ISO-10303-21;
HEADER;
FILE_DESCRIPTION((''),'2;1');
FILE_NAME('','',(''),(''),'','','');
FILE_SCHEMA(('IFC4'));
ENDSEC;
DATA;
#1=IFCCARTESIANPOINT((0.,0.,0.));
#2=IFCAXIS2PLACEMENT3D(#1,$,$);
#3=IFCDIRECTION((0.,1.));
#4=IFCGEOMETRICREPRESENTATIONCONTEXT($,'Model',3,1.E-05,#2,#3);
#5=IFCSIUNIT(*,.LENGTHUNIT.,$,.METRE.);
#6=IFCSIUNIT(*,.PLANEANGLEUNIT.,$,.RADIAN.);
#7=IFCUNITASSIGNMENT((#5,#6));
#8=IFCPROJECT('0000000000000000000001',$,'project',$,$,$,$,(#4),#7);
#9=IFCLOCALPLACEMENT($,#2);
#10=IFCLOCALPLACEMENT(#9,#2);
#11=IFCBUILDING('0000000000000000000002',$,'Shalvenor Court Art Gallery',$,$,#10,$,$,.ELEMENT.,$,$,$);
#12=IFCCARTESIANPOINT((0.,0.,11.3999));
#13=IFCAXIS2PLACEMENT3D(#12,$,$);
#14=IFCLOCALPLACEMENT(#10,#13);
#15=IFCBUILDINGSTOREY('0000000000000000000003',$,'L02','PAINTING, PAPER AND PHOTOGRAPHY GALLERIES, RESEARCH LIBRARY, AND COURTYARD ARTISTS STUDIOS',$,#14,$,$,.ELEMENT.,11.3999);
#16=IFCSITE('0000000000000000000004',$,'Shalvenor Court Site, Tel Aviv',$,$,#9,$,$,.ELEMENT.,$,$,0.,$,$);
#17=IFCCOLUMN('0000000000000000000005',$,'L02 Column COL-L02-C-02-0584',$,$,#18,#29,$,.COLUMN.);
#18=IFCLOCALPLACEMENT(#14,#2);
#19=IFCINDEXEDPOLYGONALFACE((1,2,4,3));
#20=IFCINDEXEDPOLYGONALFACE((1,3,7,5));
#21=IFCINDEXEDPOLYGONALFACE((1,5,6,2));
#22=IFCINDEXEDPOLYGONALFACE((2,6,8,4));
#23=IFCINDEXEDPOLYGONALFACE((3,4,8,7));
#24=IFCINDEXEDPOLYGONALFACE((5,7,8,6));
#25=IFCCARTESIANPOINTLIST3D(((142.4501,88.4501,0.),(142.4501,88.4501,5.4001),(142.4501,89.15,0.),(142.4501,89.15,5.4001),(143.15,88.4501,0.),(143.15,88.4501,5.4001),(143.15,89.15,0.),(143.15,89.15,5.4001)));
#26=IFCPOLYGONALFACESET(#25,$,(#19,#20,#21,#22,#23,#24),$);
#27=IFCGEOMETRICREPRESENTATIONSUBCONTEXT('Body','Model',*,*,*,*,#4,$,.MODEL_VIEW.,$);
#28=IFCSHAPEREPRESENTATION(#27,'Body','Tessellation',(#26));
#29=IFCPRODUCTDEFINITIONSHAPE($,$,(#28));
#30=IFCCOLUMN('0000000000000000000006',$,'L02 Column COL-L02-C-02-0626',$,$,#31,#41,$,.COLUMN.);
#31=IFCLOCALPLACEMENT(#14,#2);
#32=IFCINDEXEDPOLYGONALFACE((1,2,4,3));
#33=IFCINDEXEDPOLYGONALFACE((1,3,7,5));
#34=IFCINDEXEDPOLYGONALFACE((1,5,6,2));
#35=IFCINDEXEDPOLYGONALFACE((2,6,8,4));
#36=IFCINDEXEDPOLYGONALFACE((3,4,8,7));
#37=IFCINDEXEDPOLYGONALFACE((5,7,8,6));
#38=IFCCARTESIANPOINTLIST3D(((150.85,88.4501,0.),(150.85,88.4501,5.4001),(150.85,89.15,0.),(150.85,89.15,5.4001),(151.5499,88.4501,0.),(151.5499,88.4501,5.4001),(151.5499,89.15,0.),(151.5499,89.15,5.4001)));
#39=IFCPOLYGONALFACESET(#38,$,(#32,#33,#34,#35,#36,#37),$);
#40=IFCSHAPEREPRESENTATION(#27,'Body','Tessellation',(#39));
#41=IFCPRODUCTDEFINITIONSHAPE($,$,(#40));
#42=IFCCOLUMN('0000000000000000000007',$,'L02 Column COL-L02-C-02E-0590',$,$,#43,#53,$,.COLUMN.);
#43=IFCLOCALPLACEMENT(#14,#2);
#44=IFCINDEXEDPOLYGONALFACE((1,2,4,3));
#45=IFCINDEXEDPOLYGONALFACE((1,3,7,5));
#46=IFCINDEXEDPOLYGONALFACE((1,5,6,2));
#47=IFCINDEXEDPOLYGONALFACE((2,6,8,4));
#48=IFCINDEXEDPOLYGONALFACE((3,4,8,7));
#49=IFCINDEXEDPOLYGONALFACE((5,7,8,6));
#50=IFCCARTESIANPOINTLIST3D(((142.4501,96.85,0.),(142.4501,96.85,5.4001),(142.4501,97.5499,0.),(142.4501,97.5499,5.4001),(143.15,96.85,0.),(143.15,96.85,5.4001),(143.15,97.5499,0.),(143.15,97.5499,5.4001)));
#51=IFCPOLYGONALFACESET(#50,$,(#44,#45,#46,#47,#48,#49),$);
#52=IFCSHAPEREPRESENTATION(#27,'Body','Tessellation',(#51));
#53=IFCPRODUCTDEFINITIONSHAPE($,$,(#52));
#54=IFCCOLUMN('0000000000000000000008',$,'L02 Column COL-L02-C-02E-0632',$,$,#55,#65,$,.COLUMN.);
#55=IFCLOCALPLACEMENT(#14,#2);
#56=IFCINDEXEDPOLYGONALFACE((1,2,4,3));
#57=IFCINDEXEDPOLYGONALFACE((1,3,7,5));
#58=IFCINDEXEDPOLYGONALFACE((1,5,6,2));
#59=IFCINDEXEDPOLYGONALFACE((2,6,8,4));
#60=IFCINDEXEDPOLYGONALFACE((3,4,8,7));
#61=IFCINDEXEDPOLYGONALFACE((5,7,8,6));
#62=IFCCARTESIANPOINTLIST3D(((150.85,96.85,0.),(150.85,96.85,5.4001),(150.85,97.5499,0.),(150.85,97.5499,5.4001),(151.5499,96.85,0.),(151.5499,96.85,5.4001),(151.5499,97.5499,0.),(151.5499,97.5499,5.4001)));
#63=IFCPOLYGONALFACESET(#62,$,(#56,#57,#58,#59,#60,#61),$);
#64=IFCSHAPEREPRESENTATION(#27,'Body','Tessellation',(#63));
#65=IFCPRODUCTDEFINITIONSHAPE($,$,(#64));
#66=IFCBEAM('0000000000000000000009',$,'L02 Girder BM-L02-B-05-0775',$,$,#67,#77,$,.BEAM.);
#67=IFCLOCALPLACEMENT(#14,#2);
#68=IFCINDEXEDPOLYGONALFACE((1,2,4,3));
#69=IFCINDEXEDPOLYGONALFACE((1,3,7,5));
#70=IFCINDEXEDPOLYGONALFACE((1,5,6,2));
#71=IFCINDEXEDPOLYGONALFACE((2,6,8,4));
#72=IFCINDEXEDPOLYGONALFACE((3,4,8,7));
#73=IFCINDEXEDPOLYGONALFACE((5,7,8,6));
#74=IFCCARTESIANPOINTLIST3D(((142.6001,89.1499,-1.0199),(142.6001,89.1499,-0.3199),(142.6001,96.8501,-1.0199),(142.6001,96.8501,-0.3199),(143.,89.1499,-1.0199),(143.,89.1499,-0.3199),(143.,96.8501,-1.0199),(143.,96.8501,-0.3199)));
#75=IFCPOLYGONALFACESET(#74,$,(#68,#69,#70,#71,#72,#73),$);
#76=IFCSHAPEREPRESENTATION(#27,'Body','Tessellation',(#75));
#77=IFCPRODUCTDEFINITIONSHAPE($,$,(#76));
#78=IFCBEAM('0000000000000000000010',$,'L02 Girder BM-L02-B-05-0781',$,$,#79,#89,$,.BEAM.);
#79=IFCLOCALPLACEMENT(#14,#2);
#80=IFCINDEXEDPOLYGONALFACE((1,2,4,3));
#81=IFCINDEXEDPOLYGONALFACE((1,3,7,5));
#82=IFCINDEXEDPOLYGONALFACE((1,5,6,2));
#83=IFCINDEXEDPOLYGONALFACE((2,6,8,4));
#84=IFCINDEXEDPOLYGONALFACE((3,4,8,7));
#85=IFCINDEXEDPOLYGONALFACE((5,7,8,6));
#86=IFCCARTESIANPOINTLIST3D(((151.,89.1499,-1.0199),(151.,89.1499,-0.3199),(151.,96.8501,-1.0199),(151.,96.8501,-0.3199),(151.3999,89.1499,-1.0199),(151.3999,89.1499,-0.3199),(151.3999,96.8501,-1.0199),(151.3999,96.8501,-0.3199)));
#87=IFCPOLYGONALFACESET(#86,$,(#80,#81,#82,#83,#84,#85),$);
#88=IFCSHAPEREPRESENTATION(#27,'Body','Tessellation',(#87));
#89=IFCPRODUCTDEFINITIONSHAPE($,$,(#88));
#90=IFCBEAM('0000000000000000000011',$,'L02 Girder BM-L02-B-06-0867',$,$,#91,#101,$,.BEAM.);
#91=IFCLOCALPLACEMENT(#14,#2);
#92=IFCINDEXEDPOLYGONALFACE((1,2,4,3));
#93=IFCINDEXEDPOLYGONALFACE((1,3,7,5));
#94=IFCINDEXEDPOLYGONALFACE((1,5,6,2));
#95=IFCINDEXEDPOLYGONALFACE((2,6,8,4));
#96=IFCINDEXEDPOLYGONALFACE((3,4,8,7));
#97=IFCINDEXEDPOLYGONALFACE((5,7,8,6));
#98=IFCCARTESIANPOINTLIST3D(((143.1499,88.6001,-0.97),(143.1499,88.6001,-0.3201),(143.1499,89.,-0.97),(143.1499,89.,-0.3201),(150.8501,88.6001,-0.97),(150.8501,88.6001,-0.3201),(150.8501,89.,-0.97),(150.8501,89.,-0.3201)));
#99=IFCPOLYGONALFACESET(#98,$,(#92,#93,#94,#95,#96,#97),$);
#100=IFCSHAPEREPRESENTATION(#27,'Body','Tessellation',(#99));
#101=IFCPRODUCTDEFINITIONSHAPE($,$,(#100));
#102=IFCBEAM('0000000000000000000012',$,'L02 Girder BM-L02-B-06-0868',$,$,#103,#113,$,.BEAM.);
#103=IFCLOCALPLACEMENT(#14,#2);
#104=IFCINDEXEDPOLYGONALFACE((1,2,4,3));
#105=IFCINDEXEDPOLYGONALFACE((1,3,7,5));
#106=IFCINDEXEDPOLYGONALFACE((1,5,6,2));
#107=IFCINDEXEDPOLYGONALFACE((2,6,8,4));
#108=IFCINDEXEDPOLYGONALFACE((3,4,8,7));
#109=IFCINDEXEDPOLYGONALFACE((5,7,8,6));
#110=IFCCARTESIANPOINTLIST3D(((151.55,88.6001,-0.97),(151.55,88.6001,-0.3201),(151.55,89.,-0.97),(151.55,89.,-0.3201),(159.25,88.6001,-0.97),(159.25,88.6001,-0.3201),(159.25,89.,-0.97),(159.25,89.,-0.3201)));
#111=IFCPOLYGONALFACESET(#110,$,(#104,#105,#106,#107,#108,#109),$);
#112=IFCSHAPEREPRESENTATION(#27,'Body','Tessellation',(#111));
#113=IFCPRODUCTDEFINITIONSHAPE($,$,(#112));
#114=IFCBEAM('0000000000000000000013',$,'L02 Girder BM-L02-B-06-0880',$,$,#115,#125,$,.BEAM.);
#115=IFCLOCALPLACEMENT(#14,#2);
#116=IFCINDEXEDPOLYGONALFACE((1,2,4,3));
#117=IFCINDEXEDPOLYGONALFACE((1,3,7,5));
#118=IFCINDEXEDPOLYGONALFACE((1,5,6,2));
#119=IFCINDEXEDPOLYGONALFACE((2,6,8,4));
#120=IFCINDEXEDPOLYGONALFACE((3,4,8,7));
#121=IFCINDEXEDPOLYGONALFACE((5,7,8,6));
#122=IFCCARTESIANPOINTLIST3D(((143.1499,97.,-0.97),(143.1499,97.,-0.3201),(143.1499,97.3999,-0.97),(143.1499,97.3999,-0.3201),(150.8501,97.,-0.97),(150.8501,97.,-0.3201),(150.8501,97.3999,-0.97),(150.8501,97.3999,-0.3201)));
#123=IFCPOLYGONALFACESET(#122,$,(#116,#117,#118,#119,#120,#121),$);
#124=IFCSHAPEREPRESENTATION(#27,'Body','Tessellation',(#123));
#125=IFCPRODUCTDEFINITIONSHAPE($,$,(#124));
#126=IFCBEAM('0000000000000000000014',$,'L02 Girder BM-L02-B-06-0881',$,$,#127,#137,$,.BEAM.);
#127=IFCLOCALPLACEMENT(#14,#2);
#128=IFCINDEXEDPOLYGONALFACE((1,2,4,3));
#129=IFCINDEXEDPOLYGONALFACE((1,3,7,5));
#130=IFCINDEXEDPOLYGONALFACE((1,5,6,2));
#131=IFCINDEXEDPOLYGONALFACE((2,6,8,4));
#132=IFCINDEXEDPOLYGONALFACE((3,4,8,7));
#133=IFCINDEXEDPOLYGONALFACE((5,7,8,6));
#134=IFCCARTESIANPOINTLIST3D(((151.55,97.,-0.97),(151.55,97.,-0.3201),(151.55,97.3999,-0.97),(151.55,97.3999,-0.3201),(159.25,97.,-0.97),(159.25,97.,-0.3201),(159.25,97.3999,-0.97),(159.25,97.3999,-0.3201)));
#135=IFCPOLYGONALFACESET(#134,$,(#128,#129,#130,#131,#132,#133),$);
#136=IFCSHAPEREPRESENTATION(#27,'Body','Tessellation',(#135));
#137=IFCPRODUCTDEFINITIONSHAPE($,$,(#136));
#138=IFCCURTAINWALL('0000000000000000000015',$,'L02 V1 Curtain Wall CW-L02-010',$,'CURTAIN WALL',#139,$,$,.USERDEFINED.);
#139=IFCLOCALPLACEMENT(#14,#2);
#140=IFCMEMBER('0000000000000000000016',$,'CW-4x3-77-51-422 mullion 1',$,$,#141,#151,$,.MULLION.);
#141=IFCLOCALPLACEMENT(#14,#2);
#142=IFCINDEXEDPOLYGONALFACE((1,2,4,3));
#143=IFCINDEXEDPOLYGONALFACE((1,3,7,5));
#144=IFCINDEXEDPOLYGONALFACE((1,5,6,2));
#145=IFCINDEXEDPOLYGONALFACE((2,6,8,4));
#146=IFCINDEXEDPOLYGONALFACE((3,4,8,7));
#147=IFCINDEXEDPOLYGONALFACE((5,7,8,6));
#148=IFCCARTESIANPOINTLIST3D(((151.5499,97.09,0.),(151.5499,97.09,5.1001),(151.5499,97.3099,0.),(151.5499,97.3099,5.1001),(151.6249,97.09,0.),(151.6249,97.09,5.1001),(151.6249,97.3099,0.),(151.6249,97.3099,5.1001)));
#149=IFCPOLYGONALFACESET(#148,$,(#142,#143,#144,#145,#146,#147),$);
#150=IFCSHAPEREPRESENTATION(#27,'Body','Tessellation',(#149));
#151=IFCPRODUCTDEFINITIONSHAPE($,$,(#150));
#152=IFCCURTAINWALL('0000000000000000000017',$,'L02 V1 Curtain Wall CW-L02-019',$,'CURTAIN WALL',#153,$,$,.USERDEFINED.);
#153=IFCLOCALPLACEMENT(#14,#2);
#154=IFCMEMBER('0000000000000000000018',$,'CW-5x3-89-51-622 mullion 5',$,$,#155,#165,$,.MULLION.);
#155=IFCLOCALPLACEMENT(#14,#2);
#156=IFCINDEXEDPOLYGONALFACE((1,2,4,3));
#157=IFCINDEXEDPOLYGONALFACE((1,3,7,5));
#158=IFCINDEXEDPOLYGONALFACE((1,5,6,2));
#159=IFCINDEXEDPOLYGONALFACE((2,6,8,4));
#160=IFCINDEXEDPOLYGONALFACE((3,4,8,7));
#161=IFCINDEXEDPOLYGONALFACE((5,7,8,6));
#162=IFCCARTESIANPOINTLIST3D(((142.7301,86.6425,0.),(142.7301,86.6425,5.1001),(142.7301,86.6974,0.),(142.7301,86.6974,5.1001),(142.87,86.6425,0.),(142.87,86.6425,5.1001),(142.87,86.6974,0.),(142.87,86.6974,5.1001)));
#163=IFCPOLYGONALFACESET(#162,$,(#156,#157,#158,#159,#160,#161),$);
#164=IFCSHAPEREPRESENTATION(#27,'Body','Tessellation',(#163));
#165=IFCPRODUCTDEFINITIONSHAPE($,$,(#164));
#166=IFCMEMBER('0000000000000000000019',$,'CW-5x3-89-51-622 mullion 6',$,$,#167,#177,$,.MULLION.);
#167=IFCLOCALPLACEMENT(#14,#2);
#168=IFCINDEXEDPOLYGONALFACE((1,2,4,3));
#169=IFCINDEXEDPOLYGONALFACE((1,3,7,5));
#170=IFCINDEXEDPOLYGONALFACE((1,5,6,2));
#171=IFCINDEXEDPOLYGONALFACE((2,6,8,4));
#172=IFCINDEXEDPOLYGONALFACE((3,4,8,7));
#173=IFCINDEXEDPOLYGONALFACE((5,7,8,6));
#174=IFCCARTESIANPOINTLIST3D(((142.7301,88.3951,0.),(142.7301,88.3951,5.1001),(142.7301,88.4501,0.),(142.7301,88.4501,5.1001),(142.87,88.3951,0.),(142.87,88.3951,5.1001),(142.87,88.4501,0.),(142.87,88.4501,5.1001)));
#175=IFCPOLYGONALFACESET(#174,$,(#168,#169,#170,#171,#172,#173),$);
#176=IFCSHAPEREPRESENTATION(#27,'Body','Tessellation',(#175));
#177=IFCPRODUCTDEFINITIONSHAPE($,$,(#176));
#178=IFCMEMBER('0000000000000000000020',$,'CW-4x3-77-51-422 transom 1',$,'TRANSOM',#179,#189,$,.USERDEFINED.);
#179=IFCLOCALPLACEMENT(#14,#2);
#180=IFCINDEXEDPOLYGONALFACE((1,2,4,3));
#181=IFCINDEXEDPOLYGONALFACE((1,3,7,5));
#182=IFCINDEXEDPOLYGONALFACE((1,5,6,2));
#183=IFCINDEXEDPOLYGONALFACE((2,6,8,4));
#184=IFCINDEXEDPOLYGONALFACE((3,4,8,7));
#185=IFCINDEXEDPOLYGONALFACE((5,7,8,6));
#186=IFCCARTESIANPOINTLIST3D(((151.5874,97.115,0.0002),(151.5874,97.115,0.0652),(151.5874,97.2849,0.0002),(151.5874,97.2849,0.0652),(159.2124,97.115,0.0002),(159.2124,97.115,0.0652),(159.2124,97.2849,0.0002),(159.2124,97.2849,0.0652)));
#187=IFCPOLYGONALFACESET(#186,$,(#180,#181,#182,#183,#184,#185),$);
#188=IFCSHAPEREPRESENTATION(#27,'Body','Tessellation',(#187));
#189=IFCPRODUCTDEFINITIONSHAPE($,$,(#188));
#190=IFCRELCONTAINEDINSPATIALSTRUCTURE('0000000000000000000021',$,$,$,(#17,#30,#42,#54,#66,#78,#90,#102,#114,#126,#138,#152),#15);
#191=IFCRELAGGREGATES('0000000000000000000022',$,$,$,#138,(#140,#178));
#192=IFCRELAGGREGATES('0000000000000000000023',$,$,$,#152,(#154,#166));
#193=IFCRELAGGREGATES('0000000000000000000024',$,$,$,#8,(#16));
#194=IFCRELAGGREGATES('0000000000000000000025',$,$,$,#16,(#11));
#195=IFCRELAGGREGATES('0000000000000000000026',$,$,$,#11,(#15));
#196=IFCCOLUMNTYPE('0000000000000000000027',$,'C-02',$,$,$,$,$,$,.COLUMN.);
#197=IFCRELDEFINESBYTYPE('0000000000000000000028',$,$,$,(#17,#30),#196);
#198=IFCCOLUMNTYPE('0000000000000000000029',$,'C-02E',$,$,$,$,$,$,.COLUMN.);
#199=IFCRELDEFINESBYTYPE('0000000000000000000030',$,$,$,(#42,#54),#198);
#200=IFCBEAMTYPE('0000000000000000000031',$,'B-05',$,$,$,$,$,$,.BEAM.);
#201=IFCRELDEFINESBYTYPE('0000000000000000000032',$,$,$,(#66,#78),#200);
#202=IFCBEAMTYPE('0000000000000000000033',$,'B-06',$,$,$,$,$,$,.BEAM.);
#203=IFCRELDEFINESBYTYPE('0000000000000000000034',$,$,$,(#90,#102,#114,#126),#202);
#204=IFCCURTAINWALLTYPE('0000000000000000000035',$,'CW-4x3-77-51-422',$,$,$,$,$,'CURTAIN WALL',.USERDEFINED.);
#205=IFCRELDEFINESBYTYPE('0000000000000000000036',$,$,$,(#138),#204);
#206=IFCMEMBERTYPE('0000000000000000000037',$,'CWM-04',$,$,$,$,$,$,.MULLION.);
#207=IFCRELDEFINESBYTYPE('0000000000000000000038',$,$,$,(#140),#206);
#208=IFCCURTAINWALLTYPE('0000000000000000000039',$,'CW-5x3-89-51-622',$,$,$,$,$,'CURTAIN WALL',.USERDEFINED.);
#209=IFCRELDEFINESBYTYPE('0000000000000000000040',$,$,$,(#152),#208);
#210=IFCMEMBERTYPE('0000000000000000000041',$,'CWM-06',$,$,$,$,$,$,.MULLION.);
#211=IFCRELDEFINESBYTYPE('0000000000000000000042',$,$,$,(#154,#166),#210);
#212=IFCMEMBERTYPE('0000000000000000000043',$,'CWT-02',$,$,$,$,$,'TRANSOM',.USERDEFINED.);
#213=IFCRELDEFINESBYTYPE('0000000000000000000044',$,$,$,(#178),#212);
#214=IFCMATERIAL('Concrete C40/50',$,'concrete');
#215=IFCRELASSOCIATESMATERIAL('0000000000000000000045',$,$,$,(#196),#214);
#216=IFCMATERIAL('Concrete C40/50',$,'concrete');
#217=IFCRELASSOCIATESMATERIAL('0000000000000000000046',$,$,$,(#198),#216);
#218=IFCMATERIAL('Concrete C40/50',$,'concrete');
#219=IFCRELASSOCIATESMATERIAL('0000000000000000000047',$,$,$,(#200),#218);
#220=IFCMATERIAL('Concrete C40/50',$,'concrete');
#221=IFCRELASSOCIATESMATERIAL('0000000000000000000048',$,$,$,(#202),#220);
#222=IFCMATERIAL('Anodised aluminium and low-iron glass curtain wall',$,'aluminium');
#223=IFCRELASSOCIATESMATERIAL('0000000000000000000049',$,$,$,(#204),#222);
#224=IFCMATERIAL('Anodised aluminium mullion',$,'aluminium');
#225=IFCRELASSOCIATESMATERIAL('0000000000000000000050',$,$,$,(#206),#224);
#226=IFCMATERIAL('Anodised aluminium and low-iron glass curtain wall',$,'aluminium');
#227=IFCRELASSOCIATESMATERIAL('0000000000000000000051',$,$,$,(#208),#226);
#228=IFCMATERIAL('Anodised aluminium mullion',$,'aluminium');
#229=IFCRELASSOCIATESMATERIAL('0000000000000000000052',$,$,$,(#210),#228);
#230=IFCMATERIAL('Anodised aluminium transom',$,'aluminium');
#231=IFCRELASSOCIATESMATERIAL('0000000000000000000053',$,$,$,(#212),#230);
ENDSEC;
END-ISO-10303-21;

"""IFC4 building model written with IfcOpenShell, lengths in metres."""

from ifc_helpers import new_model, si_unit, direction, frame, origin, origin_2d, place, context, subcontext, project, spatial, rectangle, extrude, material, material_profile, profile_set, type_object, element, aggregate, save


model = new_model("IFC4")

# Units and contexts
model_context = context("Model", 3, precision=1e-05, world=origin(), true_north=direction((0.0, 1.0)))
body_context = subcontext(model_context, "Body", "Model", "MODEL_VIEW")
ifc_project = project(units=[si_unit("LENGTHUNIT", "METRE"), si_unit("PLANEANGLEUNIT", "RADIAN")], contexts=[model_context])

# Site, building, storey
site_placement = place(None, origin())
site = spatial("IfcSite", under=ifc_project, at=site_placement, Name="Shalvenor Court Site, Tel Aviv", CompositionType="ELEMENT", RefElevation=0.0)
building_placement = place(site_placement, origin())
building = spatial("IfcBuilding", under=site, at=building_placement, Name="Shalvenor Court Art Gallery", CompositionType="ELEMENT")
storey_placement = place(building_placement, frame((0.0, 0.0, 11.3999)))
storey = spatial("IfcBuildingStorey", under=building, at=storey_placement, Name="L02", Description="PAINTING, PAPER AND PHOTOGRAPHY GALLERIES, RESEARCH LIBRARY, AND COURTYARD ARTISTS STUDIOS", CompositionType="ELEMENT", Elevation=11.3999)

# Columns
ifc_material_1 = material(Name="Concrete C40/50", Category="concrete")
ifc_material_profile_1 = material_profile(ifc_material_1, rectangle(XDim=0.7, YDim=0.7, at=origin_2d()), Name="RC 700x700")
ifc_profile_set_1 = profile_set([ifc_material_profile_1], Name="Concrete C40/50")
column_type_1 = type_object("IfcColumnType", Name="C-02", PredefinedType="COLUMN", material=ifc_profile_set_1)
for number, where, z_axis, x_axis, name in (
    (1, (142.8, 88.8, 0.0), (0.0, 0.0, 1.0), (1.0, 0.0, 0.0), "L02 Column COL-L02-C-02-0584"),
    (2, (151.2, 88.8, 0.0), (0.0, 0.0, 1.0), (1.0, 0.0, 0.0), "L02 Column COL-L02-C-02-0626"),
):
    element("IfcColumn", number, at=place(storey_placement, frame(where, z_axis=z_axis, x_axis=x_axis)), inside=storey, type_object=column_type_1, Name=name, PredefinedType="COLUMN", context=body_context, shape_type="SweptSolid", body=[
        extrude(rectangle(XDim=0.7, YDim=0.7, at=origin_2d()), origin(), (0.0, 0.0, 1.0), 5.4001),
    ])
ifc_material_2 = material(Name="Concrete C40/50", Category="concrete")
ifc_material_profile_2 = material_profile(ifc_material_2, rectangle(XDim=0.7, YDim=0.7, at=origin_2d()), Name="RC 700x700")
ifc_profile_set_2 = profile_set([ifc_material_profile_2], Name="Concrete C40/50")
column_type_2 = type_object("IfcColumnType", Name="C-02E", PredefinedType="COLUMN", material=ifc_profile_set_2)
for number, where, z_axis, x_axis, name in (
    (3, (142.8, 97.2, 0.0), (0.0, 0.0, 1.0), (1.0, 0.0, 0.0), "L02 Column COL-L02-C-02E-0590"),
    (4, (151.2, 97.2, 0.0), (0.0, 0.0, 1.0), (1.0, 0.0, 0.0), "L02 Column COL-L02-C-02E-0632"),
):
    element("IfcColumn", number, at=place(storey_placement, frame(where, z_axis=z_axis, x_axis=x_axis)), inside=storey, type_object=column_type_2, Name=name, PredefinedType="COLUMN", context=body_context, shape_type="SweptSolid", body=[
        extrude(rectangle(XDim=0.7, YDim=0.7, at=origin_2d()), origin(), (0.0, 0.0, 1.0), 5.4001),
    ])

# Beams
ifc_material_3 = material(Name="Concrete C40/50", Category="concrete")
ifc_material_profile_3 = material_profile(ifc_material_3, rectangle(XDim=0.3999, YDim=0.7, at=origin_2d()), Name="RC 400x700")
ifc_profile_set_3 = profile_set([ifc_material_profile_3], Name="Concrete C40/50")
beam_type_1 = type_object("IfcBeamType", Name="B-05", PredefinedType="BEAM", material=ifc_profile_set_3)
for number, where, z_axis, x_axis, name in (
    (5, (142.8, 89.1499, -0.6699), (0.0, 1.0, 0.0), (-1.0, 0.0, 0.0), "L02 Girder BM-L02-B-05-0775"),
    (6, (151.2, 89.1499, -0.6699), (0.0, 1.0, 0.0), (-1.0, 0.0, 0.0), "L02 Girder BM-L02-B-05-0781"),
):
    element("IfcBeam", number, at=place(storey_placement, frame(where, z_axis=z_axis, x_axis=x_axis)), inside=storey, type_object=beam_type_1, Name=name, PredefinedType="BEAM", context=body_context, shape_type="SweptSolid", body=[
        extrude(rectangle(XDim=0.3999, YDim=0.7, at=origin_2d()), origin(), (0.0, 0.0, 1.0), 7.7002),
    ])
ifc_material_4 = material(Name="Concrete C40/50", Category="concrete")
ifc_material_profile_4 = material_profile(ifc_material_4, rectangle(XDim=0.3999, YDim=0.6499, at=origin_2d()), Name="RC 400x650")
ifc_profile_set_4 = profile_set([ifc_material_profile_4], Name="Concrete C40/50")
beam_type_2 = type_object("IfcBeamType", Name="B-06", PredefinedType="BEAM", material=ifc_profile_set_4)
beam_1_placement = place(storey_placement, frame((143.1499, 88.8, -0.645), z_axis=(1.0, 0.0, 0.0), x_axis=(0.0, 1.0, 0.0)))
element("IfcBeam", 7, at=beam_1_placement, inside=storey, type_object=beam_type_2, Name="L02 Girder BM-L02-B-06-0867", PredefinedType="BEAM", context=body_context, shape_type="SweptSolid", body=[
    extrude(rectangle(XDim=0.3999, YDim=0.6499, at=origin_2d()), origin(), (0.0, 0.0, 1.0), 7.7002),
])
beam_2_placement = place(storey_placement, frame((151.55, 88.8, -0.645), z_axis=(1.0, 0.0, 0.0), x_axis=(0.0, 1.0, 0.0)))
element("IfcBeam", 8, at=beam_2_placement, inside=storey, type_object=beam_type_2, Name="L02 Girder BM-L02-B-06-0868", PredefinedType="BEAM", context=body_context, shape_type="SweptSolid", body=[
    extrude(rectangle(XDim=0.3999, YDim=0.6499, at=origin_2d()), origin(), (0.0, 0.0, 1.0), 7.7),
])
beam_3_placement = place(storey_placement, frame((143.1499, 97.2, -0.645), z_axis=(1.0, 0.0, 0.0), x_axis=(0.0, 1.0, 0.0)))
element("IfcBeam", 9, at=beam_3_placement, inside=storey, type_object=beam_type_2, Name="L02 Girder BM-L02-B-06-0880", PredefinedType="BEAM", context=body_context, shape_type="SweptSolid", body=[
    extrude(rectangle(XDim=0.3999, YDim=0.6499, at=origin_2d()), origin(), (0.0, 0.0, 1.0), 7.7002),
])
beam_4_placement = place(storey_placement, frame((151.55, 97.2, -0.645), z_axis=(1.0, 0.0, 0.0), x_axis=(0.0, 1.0, 0.0)))
element("IfcBeam", 10, at=beam_4_placement, inside=storey, type_object=beam_type_2, Name="L02 Girder BM-L02-B-06-0881", PredefinedType="BEAM", context=body_context, shape_type="SweptSolid", body=[
    extrude(rectangle(XDim=0.3999, YDim=0.6499, at=origin_2d()), origin(), (0.0, 0.0, 1.0), 7.7),
])

# Curtain wall, member
ifc_material_5 = material(Name="Anodised aluminium and low-iron glass curtain wall", Category="aluminium")
curtain_wall_type_1 = type_object("IfcCurtainWallType", Name="CW-4x3-77-51-422", ElementType="CURTAIN WALL", PredefinedType="USERDEFINED", material=ifc_material_5)
curtain_wall_1_placement = place(storey_placement, origin())
curtain_wall_1 = element("IfcCurtainWall", 11, at=curtain_wall_1_placement, inside=storey, type_object=curtain_wall_type_1, Name="L02 V1 Curtain Wall CW-L02-010", ObjectType="CURTAIN WALL", PredefinedType="USERDEFINED")
ifc_material_6 = material(Name="Anodised aluminium mullion", Category="aluminium")
ifc_material_profile_5 = material_profile(ifc_material_6, rectangle(XDim=0.075, YDim=0.22, at=origin_2d()), Name="CWM-04")
ifc_profile_set_5 = profile_set([ifc_material_profile_5], Name="Anodised aluminium mullion")
member_type_1 = type_object("IfcMemberType", Name="CWM-04", PredefinedType="MULLION", material=ifc_profile_set_5)
member_1_placement = place(storey_placement, frame((151.5874, 97.2, 0.0), z_axis=(0.0, 0.0, 1.0), x_axis=(1.0, 0.0, 0.0)))
member_1 = element("IfcMember", 12, at=member_1_placement, type_object=member_type_1, Name="CW-4x3-77-51-422 mullion 1", PredefinedType="MULLION", context=body_context, shape_type="SweptSolid", body=[
    extrude(rectangle(XDim=0.075, YDim=0.22, at=origin_2d()), origin(), (0.0, 0.0, 1.0), 5.1001),
])

# Curtain wall, members
ifc_material_7 = material(Name="Anodised aluminium and low-iron glass curtain wall", Category="aluminium")
curtain_wall_type_2 = type_object("IfcCurtainWallType", Name="CW-5x3-89-51-622", ElementType="CURTAIN WALL", PredefinedType="USERDEFINED", material=ifc_material_7)
curtain_wall_2_placement = place(storey_placement, origin())
curtain_wall_2 = element("IfcCurtainWall", 13, at=curtain_wall_2_placement, inside=storey, type_object=curtain_wall_type_2, Name="L02 V1 Curtain Wall CW-L02-019", ObjectType="CURTAIN WALL", PredefinedType="USERDEFINED")
ifc_material_8 = material(Name="Anodised aluminium mullion", Category="aluminium")
ifc_material_profile_6 = material_profile(ifc_material_8, rectangle(XDim=0.0549, YDim=0.1399, at=origin_2d()), Name="CWM-06")
ifc_profile_set_6 = profile_set([ifc_material_profile_6], Name="Anodised aluminium mullion")
member_type_2 = type_object("IfcMemberType", Name="CWM-06", PredefinedType="MULLION", material=ifc_profile_set_6)
member_2_placement = place(storey_placement, frame((142.8, 86.6699, 0.0), z_axis=(0.0, 0.0, 1.0), x_axis=(0.0, 1.0, 0.0)))
member_2 = element("IfcMember", 14, at=member_2_placement, type_object=member_type_2, Name="CW-5x3-89-51-622 mullion 5", PredefinedType="MULLION", context=body_context, shape_type="SweptSolid", body=[
    extrude(rectangle(XDim=0.0549, YDim=0.1399, at=origin_2d()), origin(), (0.0, 0.0, 1.0), 5.1001),
])
member_3_placement = place(storey_placement, frame((142.8, 88.4226, 0.0), z_axis=(0.0, 0.0, 1.0), x_axis=(0.0, 1.0, 0.0)))
member_3 = element("IfcMember", 15, at=member_3_placement, type_object=member_type_2, Name="CW-5x3-89-51-622 mullion 6", PredefinedType="MULLION", context=body_context, shape_type="SweptSolid", body=[
    extrude(rectangle(XDim=0.0549, YDim=0.1399, at=origin_2d()), origin(), (0.0, 0.0, 1.0), 5.1001),
])

# Member
ifc_material_9 = material(Name="Anodised aluminium transom", Category="aluminium")
ifc_material_profile_7 = material_profile(ifc_material_9, rectangle(XDim=0.1699, YDim=0.0649, at=origin_2d()), Name="CWT-02")
ifc_profile_set_7 = profile_set([ifc_material_profile_7], Name="Anodised aluminium transom")
member_type_3 = type_object("IfcMemberType", Name="CWT-02", ElementType="TRANSOM", PredefinedType="USERDEFINED", material=ifc_profile_set_7)
member_4_placement = place(storey_placement, frame((151.5874, 97.2, 0.0327), z_axis=(1.0, 0.0, 0.0), x_axis=(0.0, 1.0, 0.0)))
member_4 = element("IfcMember", 16, at=member_4_placement, type_object=member_type_3, Name="CW-4x3-77-51-422 transom 1", ObjectType="TRANSOM", PredefinedType="USERDEFINED", context=body_context, shape_type="SweptSolid", body=[
    extrude(rectangle(XDim=0.1699, YDim=0.0649, at=origin_2d()), origin(), (0.0, 0.0, 1.0), 7.625),
])
aggregate(curtain_wall_1, [member_1, member_4])

aggregate(curtain_wall_2, [member_2, member_3])

save(model, "model.ifc")
